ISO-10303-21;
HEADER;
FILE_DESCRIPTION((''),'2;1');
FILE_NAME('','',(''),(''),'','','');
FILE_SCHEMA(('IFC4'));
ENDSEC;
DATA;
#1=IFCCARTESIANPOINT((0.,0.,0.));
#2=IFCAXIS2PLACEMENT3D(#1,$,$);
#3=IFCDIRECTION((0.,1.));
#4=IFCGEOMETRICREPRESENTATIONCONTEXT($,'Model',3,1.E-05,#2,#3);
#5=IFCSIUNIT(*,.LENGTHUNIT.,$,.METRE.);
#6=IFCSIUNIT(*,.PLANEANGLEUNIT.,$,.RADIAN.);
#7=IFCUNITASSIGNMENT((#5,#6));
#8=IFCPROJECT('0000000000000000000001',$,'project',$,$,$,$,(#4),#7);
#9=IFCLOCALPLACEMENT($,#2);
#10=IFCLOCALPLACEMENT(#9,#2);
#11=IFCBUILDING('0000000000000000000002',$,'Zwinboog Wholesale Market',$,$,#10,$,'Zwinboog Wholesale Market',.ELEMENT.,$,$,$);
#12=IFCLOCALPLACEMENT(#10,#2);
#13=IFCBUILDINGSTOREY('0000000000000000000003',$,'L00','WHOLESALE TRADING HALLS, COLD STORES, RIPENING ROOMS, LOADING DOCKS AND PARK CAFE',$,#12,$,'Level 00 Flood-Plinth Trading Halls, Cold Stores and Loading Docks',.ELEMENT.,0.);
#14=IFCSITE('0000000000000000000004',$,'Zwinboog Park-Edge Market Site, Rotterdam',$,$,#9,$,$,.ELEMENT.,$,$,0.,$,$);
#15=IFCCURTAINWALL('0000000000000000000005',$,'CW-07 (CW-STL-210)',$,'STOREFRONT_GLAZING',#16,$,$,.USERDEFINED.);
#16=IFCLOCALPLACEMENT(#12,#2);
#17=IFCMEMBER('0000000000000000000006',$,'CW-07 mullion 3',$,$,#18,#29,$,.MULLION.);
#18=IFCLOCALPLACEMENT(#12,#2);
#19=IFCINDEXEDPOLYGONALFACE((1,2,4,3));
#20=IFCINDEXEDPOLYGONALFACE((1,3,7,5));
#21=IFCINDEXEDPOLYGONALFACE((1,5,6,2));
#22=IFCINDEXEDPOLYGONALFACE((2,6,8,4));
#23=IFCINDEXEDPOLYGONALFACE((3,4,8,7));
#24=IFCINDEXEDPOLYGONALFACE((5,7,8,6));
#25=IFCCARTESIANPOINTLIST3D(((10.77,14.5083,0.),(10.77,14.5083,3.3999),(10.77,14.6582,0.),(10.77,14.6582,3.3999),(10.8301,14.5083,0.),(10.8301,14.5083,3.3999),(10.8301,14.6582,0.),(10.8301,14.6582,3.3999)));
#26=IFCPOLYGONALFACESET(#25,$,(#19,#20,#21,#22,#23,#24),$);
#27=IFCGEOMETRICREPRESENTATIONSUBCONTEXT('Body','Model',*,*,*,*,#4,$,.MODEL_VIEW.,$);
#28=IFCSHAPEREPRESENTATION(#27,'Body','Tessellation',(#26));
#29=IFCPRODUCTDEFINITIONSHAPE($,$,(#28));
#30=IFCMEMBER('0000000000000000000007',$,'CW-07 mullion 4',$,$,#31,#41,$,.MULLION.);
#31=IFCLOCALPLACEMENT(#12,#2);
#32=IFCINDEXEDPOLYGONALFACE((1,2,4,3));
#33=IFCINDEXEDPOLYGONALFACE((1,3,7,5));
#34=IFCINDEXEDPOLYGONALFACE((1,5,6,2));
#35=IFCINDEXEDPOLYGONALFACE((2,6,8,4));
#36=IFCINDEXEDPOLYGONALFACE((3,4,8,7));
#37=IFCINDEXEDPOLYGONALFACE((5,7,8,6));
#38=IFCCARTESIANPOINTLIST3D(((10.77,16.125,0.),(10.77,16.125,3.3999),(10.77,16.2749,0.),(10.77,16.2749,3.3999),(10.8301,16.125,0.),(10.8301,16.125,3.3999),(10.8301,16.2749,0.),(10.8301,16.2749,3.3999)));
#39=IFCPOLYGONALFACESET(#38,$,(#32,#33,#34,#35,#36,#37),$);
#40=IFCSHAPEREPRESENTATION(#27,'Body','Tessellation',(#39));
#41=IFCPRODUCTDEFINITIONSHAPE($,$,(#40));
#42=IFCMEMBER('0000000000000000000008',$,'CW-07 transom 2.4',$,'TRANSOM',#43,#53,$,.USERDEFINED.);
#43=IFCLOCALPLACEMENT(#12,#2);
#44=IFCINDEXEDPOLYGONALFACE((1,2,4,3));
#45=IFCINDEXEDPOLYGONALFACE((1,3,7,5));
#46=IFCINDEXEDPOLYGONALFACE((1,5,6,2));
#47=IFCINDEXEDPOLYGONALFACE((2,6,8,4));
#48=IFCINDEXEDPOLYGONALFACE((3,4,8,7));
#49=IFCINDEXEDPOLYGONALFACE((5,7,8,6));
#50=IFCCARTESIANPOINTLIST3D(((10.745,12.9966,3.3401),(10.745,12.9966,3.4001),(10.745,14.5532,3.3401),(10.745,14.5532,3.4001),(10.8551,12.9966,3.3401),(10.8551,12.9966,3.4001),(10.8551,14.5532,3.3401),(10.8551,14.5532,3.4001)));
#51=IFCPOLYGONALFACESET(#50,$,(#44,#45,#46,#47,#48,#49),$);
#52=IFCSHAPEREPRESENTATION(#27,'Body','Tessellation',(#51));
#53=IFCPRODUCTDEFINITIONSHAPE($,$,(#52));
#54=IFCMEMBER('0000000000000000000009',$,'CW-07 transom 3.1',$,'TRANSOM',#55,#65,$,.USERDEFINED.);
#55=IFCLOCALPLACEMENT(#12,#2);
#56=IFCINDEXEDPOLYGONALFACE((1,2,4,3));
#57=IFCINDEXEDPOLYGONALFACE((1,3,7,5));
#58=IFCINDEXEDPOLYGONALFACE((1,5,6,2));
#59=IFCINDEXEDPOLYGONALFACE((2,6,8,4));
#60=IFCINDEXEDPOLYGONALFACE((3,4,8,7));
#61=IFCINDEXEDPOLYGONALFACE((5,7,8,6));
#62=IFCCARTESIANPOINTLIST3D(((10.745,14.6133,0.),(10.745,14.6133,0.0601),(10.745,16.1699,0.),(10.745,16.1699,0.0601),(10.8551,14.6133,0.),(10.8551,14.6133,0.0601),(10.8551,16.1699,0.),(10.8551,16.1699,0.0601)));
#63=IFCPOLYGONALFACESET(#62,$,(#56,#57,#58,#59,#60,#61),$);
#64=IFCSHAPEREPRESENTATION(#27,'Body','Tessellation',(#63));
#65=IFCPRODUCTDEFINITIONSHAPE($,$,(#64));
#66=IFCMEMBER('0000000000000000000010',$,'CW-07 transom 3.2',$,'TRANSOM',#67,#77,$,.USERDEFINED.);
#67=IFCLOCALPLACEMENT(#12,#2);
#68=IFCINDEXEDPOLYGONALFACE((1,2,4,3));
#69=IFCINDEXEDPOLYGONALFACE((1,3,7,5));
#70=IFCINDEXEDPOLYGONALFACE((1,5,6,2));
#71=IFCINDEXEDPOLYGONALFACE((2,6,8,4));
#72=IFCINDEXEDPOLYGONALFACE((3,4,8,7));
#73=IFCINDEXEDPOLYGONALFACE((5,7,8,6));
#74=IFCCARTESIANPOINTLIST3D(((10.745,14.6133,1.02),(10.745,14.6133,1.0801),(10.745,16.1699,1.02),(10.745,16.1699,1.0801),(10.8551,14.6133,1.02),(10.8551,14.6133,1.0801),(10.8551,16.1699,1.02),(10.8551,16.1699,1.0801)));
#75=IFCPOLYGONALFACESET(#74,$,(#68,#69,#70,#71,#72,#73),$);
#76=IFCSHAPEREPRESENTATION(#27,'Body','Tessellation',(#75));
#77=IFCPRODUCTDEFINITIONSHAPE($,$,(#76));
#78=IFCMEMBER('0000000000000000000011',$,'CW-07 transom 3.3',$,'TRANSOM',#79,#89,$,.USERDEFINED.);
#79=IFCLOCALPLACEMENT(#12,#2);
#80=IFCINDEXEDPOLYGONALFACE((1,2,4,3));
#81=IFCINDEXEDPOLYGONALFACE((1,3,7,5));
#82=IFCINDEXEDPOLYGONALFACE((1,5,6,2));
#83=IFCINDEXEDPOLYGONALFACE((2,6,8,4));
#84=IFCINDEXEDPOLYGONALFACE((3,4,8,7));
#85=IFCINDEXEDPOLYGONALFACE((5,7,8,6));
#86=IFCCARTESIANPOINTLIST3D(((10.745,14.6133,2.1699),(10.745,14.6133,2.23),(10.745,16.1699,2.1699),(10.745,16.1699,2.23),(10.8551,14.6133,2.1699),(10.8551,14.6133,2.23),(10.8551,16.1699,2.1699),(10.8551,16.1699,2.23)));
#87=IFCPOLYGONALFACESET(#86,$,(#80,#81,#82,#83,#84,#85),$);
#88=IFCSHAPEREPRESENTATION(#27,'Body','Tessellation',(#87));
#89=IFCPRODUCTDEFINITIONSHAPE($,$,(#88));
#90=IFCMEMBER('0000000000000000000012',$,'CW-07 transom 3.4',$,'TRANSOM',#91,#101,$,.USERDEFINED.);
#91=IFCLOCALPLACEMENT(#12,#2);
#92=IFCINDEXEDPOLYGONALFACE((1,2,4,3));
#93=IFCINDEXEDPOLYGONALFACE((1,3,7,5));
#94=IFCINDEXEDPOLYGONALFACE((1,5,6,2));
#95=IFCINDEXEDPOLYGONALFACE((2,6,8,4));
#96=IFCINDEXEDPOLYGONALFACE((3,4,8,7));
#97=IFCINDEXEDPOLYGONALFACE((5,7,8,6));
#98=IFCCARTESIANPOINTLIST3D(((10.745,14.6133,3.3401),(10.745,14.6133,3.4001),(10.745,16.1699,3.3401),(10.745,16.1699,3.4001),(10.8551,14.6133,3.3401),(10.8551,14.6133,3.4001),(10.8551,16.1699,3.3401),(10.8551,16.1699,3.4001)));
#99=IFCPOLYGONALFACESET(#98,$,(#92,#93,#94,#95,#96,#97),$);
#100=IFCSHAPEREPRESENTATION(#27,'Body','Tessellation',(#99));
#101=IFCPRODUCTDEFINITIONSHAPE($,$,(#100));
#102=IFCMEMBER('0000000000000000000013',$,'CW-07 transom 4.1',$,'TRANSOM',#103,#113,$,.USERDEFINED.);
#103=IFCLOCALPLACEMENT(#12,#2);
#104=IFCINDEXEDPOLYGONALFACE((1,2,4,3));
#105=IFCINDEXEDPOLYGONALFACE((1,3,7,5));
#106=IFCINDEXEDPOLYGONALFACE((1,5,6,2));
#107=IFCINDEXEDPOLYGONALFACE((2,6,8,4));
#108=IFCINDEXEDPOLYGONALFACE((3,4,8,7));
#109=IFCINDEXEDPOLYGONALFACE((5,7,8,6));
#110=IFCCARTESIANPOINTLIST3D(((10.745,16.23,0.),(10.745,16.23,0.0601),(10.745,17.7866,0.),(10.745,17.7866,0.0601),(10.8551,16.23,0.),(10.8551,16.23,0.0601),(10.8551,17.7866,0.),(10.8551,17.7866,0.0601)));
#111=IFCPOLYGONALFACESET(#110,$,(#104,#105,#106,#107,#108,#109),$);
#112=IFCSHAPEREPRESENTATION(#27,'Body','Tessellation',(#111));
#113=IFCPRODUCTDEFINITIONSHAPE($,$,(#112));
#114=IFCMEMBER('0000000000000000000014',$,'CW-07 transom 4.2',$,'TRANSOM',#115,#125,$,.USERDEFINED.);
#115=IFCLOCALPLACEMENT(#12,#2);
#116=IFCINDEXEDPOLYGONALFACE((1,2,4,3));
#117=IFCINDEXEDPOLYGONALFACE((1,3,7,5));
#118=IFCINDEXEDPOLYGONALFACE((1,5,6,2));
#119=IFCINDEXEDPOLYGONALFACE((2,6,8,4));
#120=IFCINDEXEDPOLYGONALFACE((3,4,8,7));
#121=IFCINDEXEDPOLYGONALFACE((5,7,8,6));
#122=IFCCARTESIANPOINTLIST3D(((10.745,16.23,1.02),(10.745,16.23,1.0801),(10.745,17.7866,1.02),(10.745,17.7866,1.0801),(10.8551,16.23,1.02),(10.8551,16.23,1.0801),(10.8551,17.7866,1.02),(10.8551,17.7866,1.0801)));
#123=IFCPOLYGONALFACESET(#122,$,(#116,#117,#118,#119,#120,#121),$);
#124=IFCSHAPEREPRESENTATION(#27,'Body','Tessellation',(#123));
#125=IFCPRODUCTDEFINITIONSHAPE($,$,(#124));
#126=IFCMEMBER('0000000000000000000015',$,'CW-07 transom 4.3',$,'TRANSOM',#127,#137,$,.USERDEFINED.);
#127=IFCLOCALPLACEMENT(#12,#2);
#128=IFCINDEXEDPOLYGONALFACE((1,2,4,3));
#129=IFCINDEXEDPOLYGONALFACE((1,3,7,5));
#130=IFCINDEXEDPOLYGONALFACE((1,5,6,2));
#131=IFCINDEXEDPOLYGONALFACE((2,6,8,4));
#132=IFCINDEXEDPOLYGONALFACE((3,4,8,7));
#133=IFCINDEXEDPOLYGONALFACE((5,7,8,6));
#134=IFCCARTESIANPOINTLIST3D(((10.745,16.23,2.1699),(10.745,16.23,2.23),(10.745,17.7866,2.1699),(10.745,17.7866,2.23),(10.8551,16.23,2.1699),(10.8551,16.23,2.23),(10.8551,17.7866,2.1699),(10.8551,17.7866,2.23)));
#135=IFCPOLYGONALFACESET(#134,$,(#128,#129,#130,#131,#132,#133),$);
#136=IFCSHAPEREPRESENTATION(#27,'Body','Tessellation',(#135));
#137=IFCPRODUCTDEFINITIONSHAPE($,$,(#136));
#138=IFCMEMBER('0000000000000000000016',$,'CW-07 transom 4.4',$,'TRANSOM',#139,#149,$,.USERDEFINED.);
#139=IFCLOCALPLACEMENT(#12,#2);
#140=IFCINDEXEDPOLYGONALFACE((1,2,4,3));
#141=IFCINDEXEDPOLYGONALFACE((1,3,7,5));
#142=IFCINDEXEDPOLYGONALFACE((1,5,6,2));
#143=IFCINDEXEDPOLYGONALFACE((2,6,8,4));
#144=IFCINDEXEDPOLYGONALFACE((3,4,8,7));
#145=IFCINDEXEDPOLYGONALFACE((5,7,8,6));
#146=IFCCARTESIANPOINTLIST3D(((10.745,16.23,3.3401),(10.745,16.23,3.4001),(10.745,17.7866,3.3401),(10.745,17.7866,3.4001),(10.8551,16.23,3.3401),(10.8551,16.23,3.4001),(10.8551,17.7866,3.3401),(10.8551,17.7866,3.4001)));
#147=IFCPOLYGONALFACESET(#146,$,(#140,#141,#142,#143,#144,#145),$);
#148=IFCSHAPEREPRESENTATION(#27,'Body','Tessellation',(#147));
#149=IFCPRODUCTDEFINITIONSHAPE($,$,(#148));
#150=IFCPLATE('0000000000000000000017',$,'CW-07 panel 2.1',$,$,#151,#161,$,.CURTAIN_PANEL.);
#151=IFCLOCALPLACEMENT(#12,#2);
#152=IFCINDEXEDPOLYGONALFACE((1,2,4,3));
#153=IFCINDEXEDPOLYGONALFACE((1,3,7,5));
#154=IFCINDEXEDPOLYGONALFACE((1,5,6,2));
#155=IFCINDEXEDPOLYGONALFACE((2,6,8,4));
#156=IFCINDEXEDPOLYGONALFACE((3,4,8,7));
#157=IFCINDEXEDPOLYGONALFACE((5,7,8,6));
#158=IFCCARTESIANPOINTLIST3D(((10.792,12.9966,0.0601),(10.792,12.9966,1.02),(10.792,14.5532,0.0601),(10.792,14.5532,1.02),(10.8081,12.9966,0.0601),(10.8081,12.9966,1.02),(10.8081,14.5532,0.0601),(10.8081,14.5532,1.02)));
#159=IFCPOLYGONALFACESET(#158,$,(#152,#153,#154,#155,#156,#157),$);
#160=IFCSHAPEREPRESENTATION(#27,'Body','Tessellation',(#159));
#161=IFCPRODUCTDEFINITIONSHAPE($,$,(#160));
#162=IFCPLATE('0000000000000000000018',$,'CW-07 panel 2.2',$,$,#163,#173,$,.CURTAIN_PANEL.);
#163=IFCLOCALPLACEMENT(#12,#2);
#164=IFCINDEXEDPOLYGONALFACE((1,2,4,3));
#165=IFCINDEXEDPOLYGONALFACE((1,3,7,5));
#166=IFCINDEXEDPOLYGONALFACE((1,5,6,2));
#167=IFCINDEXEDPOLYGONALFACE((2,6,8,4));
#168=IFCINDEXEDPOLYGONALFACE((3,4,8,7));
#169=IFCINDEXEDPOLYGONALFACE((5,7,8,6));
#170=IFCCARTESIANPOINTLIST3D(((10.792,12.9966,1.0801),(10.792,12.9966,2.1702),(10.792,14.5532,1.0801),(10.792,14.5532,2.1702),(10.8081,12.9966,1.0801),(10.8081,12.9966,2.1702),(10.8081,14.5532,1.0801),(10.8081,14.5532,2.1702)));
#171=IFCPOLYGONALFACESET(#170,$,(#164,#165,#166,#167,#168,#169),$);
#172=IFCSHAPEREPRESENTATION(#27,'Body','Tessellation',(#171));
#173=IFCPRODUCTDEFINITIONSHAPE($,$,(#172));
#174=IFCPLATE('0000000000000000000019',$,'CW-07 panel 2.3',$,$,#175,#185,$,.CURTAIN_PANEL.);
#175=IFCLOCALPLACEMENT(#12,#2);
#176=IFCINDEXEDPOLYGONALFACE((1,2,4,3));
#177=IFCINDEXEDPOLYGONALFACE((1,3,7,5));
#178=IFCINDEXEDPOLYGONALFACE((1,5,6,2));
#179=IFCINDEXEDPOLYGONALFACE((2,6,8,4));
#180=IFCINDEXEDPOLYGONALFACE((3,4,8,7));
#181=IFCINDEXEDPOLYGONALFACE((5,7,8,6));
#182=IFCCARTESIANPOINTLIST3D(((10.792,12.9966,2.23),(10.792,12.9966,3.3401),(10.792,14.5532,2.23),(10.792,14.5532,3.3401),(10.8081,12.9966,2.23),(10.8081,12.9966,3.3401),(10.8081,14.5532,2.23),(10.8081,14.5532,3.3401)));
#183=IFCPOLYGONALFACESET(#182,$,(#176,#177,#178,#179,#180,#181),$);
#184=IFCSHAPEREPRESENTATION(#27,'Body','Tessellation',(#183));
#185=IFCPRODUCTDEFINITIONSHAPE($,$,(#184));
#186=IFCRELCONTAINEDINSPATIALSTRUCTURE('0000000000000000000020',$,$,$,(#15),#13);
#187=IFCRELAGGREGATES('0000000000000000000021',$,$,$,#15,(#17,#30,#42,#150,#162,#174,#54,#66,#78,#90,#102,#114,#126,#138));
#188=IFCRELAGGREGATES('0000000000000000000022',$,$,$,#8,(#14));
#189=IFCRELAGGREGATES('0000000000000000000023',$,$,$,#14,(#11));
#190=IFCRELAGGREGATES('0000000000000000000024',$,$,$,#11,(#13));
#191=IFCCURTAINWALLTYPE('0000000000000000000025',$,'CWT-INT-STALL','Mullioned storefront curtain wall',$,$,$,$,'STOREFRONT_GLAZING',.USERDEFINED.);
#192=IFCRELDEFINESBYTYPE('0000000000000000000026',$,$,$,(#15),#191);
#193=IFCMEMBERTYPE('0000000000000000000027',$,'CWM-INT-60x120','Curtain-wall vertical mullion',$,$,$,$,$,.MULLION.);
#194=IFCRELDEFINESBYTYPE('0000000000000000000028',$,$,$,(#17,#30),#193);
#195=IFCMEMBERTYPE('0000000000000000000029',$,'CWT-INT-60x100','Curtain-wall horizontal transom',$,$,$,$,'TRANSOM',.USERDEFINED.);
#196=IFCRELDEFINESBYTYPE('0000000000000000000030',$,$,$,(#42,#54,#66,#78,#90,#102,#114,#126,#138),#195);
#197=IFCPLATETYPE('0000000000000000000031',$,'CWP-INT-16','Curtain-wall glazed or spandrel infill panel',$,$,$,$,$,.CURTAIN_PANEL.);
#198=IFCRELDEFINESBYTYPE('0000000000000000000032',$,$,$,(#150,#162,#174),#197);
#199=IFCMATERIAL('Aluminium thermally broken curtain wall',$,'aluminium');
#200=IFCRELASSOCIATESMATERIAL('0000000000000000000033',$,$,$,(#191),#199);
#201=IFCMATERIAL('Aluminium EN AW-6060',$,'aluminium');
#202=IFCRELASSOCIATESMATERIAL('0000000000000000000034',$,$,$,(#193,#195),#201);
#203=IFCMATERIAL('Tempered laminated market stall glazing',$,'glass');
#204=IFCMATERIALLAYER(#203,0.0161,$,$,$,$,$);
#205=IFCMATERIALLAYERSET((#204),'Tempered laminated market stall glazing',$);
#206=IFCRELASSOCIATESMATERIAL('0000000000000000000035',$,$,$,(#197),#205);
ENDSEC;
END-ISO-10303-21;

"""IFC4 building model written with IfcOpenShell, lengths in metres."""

from ifc_helpers import new_model, si_unit, direction, frame, origin, origin_2d, place, context, subcontext, project, spatial, rectangle, extrude, material, layer, layer_set, material_profile, profile_set, type_object, element, aggregate, save


model = new_model("IFC4")

# Units and contexts
model_context = context("Model", 3, precision=1e-05, world=origin(), true_north=direction((0.0, 1.0)))
body_context = subcontext(model_context, "Body", "Model", "MODEL_VIEW")
ifc_project = project(units=[si_unit("LENGTHUNIT", "METRE"), si_unit("PLANEANGLEUNIT", "RADIAN")], contexts=[model_context])

# Site, building, storey
site_placement = place(None, origin())
site = spatial("IfcSite", under=ifc_project, at=site_placement, Name="Zwinboog Park-Edge Market Site, Rotterdam", CompositionType="ELEMENT", RefElevation=0.0)
building_placement = place(site_placement, origin())
building = spatial("IfcBuilding", under=site, at=building_placement, Name="Zwinboog Wholesale Market", LongName="Zwinboog Wholesale Market", CompositionType="ELEMENT")
storey_placement = place(building_placement, origin())
storey = spatial("IfcBuildingStorey", under=building, at=storey_placement, Name="L00", Description="WHOLESALE TRADING HALLS, COLD STORES, RIPENING ROOMS, LOADING DOCKS AND PARK CAFE", LongName="Level 00 Flood-Plinth Trading Halls, Cold Stores and Loading Docks", CompositionType="ELEMENT", Elevation=0.0)

# Curtain wall, members, plates
ifc_material_1 = material(Name="Aluminium thermally broken curtain wall", Category="aluminium")
curtain_wall_type = type_object("IfcCurtainWallType", Name="CWT-INT-STALL", Description="Mullioned storefront curtain wall", ElementType="STOREFRONT_GLAZING", PredefinedType="USERDEFINED", material=ifc_material_1)
curtain_wall_placement = place(storey_placement, origin())
curtain_wall = element("IfcCurtainWall", 1, at=curtain_wall_placement, inside=storey, type_object=curtain_wall_type, Name="CW-07 (CW-STL-210)", ObjectType="STOREFRONT_GLAZING", PredefinedType="USERDEFINED")
ifc_material_2 = material(Name="Aluminium EN AW-6060", Category="aluminium")
ifc_material_profile_1 = material_profile(ifc_material_2, rectangle(XDim=0.0601, YDim=0.1499, at=origin_2d()), Name="AL 60x150")
ifc_profile_set_1 = profile_set([ifc_material_profile_1], Name="Aluminium EN AW-6060")
member_type_1 = type_object("IfcMemberType", Name="CWM-INT-60x120", Description="Curtain-wall vertical mullion", PredefinedType="MULLION", material=ifc_profile_set_1)
member_1_placement = place(storey_placement, frame((10.8, 14.5833, 0.0), z_axis=(0.0, 0.0, 1.0), x_axis=(-1.0, 0.0, 0.0)))
member_1 = element("IfcMember", 2, at=member_1_placement, type_object=member_type_1, Name="CW-07 mullion 3", PredefinedType="MULLION", context=body_context, shape_type="SweptSolid", body=[
    extrude(rectangle(XDim=0.0601, YDim=0.1499, at=origin_2d()), origin(), (0.0, 0.0, 1.0), 3.3999),
])
member_2_placement = place(storey_placement, frame((10.8, 16.2, 0.0), z_axis=(0.0, 0.0, 1.0), x_axis=(-1.0, 0.0, 0.0)))
member_2 = element("IfcMember", 3, at=member_2_placement, type_object=member_type_1, Name="CW-07 mullion 4", PredefinedType="MULLION", context=body_context, shape_type="SweptSolid", body=[
    extrude(rectangle(XDim=0.0601, YDim=0.1499, at=origin_2d()), origin(), (0.0, 0.0, 1.0), 3.3999),
])
ifc_material_profile_2 = material_profile(ifc_material_2, rectangle(XDim=0.1101, YDim=0.0601, at=origin_2d()), Name="AL 60x110")
ifc_profile_set_2 = profile_set([ifc_material_profile_2], Name="Aluminium EN AW-6060")
member_type_2 = type_object("IfcMemberType", Name="CWT-INT-60x100", Description="Curtain-wall horizontal transom", ElementType="TRANSOM", PredefinedType="USERDEFINED", material=ifc_profile_set_2)
member_3_placement = place(storey_placement, frame((10.8, 12.9966, 3.3701), z_axis=(0.0, 1.0, 0.0), x_axis=(-1.0, 0.0, 0.0)))
member_3 = element("IfcMember", 4, at=member_3_placement, type_object=member_type_2, Name="CW-07 transom 2.4", ObjectType="TRANSOM", PredefinedType="USERDEFINED", context=body_context, shape_type="SweptSolid", body=[
    extrude(rectangle(XDim=0.1101, YDim=0.0601, at=origin_2d()), origin(), (0.0, 0.0, 1.0), 1.5566),
])
member_4_placement = place(storey_placement, frame((10.8, 14.6133, 0.03), z_axis=(0.0, 1.0, 0.0), x_axis=(-1.0, 0.0, 0.0)))
member_4 = element("IfcMember", 5, at=member_4_placement, type_object=member_type_2, Name="CW-07 transom 3.1", ObjectType="TRANSOM", PredefinedType="USERDEFINED", context=body_context, shape_type="SweptSolid", body=[
    extrude(rectangle(XDim=0.1101, YDim=0.0601, at=origin_2d()), origin(), (0.0, 0.0, 1.0), 1.5566),
])
member_5_placement = place(storey_placement, frame((10.8, 14.6133, 1.05), z_axis=(0.0, 1.0, 0.0), x_axis=(-1.0, 0.0, 0.0)))
member_5 = element("IfcMember", 6, at=member_5_placement, type_object=member_type_2, Name="CW-07 transom 3.2", ObjectType="TRANSOM", PredefinedType="USERDEFINED", context=body_context, shape_type="SweptSolid", body=[
    extrude(rectangle(XDim=0.1101, YDim=0.0601, at=origin_2d()), origin(), (0.0, 0.0, 1.0), 1.5566),
])
member_6_placement = place(storey_placement, frame((10.8, 14.6133, 2.2), z_axis=(0.0, 1.0, 0.0), x_axis=(-1.0, 0.0, 0.0)))
member_6 = element("IfcMember", 7, at=member_6_placement, type_object=member_type_2, Name="CW-07 transom 3.3", ObjectType="TRANSOM", PredefinedType="USERDEFINED", context=body_context, shape_type="SweptSolid", body=[
    extrude(rectangle(XDim=0.1101, YDim=0.0601, at=origin_2d()), origin(), (0.0, 0.0, 1.0), 1.5566),
])
member_7_placement = place(storey_placement, frame((10.8, 14.6133, 3.3701), z_axis=(0.0, 1.0, 0.0), x_axis=(-1.0, 0.0, 0.0)))
member_7 = element("IfcMember", 8, at=member_7_placement, type_object=member_type_2, Name="CW-07 transom 3.4", ObjectType="TRANSOM", PredefinedType="USERDEFINED", context=body_context, shape_type="SweptSolid", body=[
    extrude(rectangle(XDim=0.1101, YDim=0.0601, at=origin_2d()), origin(), (0.0, 0.0, 1.0), 1.5566),
])
member_8_placement = place(storey_placement, frame((10.8, 16.23, 0.03), z_axis=(0.0, 1.0, 0.0), x_axis=(-1.0, 0.0, 0.0)))
member_8 = element("IfcMember", 9, at=member_8_placement, type_object=member_type_2, Name="CW-07 transom 4.1", ObjectType="TRANSOM", PredefinedType="USERDEFINED", context=body_context, shape_type="SweptSolid", body=[
    extrude(rectangle(XDim=0.1101, YDim=0.0601, at=origin_2d()), origin(), (0.0, 0.0, 1.0), 1.5566),
])
member_9_placement = place(storey_placement, frame((10.8, 16.23, 1.05), z_axis=(0.0, 1.0, 0.0), x_axis=(-1.0, 0.0, 0.0)))
member_9 = element("IfcMember", 10, at=member_9_placement, type_object=member_type_2, Name="CW-07 transom 4.2", ObjectType="TRANSOM", PredefinedType="USERDEFINED", context=body_context, shape_type="SweptSolid", body=[
    extrude(rectangle(XDim=0.1101, YDim=0.0601, at=origin_2d()), origin(), (0.0, 0.0, 1.0), 1.5566),
])
member_10_placement = place(storey_placement, frame((10.8, 16.23, 2.2), z_axis=(0.0, 1.0, 0.0), x_axis=(-1.0, 0.0, 0.0)))
member_10 = element("IfcMember", 11, at=member_10_placement, type_object=member_type_2, Name="CW-07 transom 4.3", ObjectType="TRANSOM", PredefinedType="USERDEFINED", context=body_context, shape_type="SweptSolid", body=[
    extrude(rectangle(XDim=0.1101, YDim=0.0601, at=origin_2d()), origin(), (0.0, 0.0, 1.0), 1.5566),
])
member_11_placement = place(storey_placement, frame((10.8, 16.23, 3.3701), z_axis=(0.0, 1.0, 0.0), x_axis=(-1.0, 0.0, 0.0)))
member_11 = element("IfcMember", 12, at=member_11_placement, type_object=member_type_2, Name="CW-07 transom 4.4", ObjectType="TRANSOM", PredefinedType="USERDEFINED", context=body_context, shape_type="SweptSolid", body=[
    extrude(rectangle(XDim=0.1101, YDim=0.0601, at=origin_2d()), origin(), (0.0, 0.0, 1.0), 1.5566),
])
ifc_material_3 = material(Name="Tempered laminated market stall glazing", Category="glass")
ifc_layer_1 = layer(ifc_material_3, 0.0161)
ifc_layer_set_1 = layer_set([ifc_layer_1], Name="Tempered laminated market stall glazing")
plate_type = type_object("IfcPlateType", Name="CWP-INT-16", Description="Curtain-wall glazed or spandrel infill panel", PredefinedType="CURTAIN_PANEL", material=ifc_layer_set_1)
plate_1_placement = place(storey_placement, frame((10.8, 13.7749, 0.0601), z_axis=(0.0, 0.0, 1.0), x_axis=(0.0, 1.0, 0.0)))
plate_1 = element("IfcPlate", 13, at=plate_1_placement, type_object=plate_type, Name="CW-07 panel 2.1", PredefinedType="CURTAIN_PANEL", context=body_context, shape_type="SweptSolid", body=[
    extrude(rectangle(XDim=1.5566, YDim=0.0161, at=origin_2d()), origin(), (0.0, 0.0, 1.0), 0.96),
])
plate_2_placement = place(storey_placement, frame((10.8, 13.7749, 1.0801), z_axis=(0.0, 0.0, 1.0), x_axis=(0.0, 1.0, 0.0)))
plate_2 = element("IfcPlate", 14, at=plate_2_placement, type_object=plate_type, Name="CW-07 panel 2.2", PredefinedType="CURTAIN_PANEL", context=body_context, shape_type="SweptSolid", body=[
    extrude(rectangle(XDim=1.5566, YDim=0.0161, at=origin_2d()), origin(), (0.0, 0.0, 1.0), 1.0901),
])
plate_3_placement = place(storey_placement, frame((10.8, 13.7749, 2.23), z_axis=(0.0, 0.0, 1.0), x_axis=(0.0, 1.0, 0.0)))
plate_3 = element("IfcPlate", 15, at=plate_3_placement, type_object=plate_type, Name="CW-07 panel 2.3", PredefinedType="CURTAIN_PANEL", context=body_context, shape_type="SweptSolid", body=[
    extrude(rectangle(XDim=1.5566, YDim=0.0161, at=origin_2d()), origin(), (0.0, 0.0, 1.0), 1.1101),
])
aggregate(curtain_wall, [member_1, member_2, member_3, plate_1, plate_2, plate_3, member_4, member_5, member_6, member_7, member_8, member_9, member_10, member_11])

save(model, "model.ifc")
